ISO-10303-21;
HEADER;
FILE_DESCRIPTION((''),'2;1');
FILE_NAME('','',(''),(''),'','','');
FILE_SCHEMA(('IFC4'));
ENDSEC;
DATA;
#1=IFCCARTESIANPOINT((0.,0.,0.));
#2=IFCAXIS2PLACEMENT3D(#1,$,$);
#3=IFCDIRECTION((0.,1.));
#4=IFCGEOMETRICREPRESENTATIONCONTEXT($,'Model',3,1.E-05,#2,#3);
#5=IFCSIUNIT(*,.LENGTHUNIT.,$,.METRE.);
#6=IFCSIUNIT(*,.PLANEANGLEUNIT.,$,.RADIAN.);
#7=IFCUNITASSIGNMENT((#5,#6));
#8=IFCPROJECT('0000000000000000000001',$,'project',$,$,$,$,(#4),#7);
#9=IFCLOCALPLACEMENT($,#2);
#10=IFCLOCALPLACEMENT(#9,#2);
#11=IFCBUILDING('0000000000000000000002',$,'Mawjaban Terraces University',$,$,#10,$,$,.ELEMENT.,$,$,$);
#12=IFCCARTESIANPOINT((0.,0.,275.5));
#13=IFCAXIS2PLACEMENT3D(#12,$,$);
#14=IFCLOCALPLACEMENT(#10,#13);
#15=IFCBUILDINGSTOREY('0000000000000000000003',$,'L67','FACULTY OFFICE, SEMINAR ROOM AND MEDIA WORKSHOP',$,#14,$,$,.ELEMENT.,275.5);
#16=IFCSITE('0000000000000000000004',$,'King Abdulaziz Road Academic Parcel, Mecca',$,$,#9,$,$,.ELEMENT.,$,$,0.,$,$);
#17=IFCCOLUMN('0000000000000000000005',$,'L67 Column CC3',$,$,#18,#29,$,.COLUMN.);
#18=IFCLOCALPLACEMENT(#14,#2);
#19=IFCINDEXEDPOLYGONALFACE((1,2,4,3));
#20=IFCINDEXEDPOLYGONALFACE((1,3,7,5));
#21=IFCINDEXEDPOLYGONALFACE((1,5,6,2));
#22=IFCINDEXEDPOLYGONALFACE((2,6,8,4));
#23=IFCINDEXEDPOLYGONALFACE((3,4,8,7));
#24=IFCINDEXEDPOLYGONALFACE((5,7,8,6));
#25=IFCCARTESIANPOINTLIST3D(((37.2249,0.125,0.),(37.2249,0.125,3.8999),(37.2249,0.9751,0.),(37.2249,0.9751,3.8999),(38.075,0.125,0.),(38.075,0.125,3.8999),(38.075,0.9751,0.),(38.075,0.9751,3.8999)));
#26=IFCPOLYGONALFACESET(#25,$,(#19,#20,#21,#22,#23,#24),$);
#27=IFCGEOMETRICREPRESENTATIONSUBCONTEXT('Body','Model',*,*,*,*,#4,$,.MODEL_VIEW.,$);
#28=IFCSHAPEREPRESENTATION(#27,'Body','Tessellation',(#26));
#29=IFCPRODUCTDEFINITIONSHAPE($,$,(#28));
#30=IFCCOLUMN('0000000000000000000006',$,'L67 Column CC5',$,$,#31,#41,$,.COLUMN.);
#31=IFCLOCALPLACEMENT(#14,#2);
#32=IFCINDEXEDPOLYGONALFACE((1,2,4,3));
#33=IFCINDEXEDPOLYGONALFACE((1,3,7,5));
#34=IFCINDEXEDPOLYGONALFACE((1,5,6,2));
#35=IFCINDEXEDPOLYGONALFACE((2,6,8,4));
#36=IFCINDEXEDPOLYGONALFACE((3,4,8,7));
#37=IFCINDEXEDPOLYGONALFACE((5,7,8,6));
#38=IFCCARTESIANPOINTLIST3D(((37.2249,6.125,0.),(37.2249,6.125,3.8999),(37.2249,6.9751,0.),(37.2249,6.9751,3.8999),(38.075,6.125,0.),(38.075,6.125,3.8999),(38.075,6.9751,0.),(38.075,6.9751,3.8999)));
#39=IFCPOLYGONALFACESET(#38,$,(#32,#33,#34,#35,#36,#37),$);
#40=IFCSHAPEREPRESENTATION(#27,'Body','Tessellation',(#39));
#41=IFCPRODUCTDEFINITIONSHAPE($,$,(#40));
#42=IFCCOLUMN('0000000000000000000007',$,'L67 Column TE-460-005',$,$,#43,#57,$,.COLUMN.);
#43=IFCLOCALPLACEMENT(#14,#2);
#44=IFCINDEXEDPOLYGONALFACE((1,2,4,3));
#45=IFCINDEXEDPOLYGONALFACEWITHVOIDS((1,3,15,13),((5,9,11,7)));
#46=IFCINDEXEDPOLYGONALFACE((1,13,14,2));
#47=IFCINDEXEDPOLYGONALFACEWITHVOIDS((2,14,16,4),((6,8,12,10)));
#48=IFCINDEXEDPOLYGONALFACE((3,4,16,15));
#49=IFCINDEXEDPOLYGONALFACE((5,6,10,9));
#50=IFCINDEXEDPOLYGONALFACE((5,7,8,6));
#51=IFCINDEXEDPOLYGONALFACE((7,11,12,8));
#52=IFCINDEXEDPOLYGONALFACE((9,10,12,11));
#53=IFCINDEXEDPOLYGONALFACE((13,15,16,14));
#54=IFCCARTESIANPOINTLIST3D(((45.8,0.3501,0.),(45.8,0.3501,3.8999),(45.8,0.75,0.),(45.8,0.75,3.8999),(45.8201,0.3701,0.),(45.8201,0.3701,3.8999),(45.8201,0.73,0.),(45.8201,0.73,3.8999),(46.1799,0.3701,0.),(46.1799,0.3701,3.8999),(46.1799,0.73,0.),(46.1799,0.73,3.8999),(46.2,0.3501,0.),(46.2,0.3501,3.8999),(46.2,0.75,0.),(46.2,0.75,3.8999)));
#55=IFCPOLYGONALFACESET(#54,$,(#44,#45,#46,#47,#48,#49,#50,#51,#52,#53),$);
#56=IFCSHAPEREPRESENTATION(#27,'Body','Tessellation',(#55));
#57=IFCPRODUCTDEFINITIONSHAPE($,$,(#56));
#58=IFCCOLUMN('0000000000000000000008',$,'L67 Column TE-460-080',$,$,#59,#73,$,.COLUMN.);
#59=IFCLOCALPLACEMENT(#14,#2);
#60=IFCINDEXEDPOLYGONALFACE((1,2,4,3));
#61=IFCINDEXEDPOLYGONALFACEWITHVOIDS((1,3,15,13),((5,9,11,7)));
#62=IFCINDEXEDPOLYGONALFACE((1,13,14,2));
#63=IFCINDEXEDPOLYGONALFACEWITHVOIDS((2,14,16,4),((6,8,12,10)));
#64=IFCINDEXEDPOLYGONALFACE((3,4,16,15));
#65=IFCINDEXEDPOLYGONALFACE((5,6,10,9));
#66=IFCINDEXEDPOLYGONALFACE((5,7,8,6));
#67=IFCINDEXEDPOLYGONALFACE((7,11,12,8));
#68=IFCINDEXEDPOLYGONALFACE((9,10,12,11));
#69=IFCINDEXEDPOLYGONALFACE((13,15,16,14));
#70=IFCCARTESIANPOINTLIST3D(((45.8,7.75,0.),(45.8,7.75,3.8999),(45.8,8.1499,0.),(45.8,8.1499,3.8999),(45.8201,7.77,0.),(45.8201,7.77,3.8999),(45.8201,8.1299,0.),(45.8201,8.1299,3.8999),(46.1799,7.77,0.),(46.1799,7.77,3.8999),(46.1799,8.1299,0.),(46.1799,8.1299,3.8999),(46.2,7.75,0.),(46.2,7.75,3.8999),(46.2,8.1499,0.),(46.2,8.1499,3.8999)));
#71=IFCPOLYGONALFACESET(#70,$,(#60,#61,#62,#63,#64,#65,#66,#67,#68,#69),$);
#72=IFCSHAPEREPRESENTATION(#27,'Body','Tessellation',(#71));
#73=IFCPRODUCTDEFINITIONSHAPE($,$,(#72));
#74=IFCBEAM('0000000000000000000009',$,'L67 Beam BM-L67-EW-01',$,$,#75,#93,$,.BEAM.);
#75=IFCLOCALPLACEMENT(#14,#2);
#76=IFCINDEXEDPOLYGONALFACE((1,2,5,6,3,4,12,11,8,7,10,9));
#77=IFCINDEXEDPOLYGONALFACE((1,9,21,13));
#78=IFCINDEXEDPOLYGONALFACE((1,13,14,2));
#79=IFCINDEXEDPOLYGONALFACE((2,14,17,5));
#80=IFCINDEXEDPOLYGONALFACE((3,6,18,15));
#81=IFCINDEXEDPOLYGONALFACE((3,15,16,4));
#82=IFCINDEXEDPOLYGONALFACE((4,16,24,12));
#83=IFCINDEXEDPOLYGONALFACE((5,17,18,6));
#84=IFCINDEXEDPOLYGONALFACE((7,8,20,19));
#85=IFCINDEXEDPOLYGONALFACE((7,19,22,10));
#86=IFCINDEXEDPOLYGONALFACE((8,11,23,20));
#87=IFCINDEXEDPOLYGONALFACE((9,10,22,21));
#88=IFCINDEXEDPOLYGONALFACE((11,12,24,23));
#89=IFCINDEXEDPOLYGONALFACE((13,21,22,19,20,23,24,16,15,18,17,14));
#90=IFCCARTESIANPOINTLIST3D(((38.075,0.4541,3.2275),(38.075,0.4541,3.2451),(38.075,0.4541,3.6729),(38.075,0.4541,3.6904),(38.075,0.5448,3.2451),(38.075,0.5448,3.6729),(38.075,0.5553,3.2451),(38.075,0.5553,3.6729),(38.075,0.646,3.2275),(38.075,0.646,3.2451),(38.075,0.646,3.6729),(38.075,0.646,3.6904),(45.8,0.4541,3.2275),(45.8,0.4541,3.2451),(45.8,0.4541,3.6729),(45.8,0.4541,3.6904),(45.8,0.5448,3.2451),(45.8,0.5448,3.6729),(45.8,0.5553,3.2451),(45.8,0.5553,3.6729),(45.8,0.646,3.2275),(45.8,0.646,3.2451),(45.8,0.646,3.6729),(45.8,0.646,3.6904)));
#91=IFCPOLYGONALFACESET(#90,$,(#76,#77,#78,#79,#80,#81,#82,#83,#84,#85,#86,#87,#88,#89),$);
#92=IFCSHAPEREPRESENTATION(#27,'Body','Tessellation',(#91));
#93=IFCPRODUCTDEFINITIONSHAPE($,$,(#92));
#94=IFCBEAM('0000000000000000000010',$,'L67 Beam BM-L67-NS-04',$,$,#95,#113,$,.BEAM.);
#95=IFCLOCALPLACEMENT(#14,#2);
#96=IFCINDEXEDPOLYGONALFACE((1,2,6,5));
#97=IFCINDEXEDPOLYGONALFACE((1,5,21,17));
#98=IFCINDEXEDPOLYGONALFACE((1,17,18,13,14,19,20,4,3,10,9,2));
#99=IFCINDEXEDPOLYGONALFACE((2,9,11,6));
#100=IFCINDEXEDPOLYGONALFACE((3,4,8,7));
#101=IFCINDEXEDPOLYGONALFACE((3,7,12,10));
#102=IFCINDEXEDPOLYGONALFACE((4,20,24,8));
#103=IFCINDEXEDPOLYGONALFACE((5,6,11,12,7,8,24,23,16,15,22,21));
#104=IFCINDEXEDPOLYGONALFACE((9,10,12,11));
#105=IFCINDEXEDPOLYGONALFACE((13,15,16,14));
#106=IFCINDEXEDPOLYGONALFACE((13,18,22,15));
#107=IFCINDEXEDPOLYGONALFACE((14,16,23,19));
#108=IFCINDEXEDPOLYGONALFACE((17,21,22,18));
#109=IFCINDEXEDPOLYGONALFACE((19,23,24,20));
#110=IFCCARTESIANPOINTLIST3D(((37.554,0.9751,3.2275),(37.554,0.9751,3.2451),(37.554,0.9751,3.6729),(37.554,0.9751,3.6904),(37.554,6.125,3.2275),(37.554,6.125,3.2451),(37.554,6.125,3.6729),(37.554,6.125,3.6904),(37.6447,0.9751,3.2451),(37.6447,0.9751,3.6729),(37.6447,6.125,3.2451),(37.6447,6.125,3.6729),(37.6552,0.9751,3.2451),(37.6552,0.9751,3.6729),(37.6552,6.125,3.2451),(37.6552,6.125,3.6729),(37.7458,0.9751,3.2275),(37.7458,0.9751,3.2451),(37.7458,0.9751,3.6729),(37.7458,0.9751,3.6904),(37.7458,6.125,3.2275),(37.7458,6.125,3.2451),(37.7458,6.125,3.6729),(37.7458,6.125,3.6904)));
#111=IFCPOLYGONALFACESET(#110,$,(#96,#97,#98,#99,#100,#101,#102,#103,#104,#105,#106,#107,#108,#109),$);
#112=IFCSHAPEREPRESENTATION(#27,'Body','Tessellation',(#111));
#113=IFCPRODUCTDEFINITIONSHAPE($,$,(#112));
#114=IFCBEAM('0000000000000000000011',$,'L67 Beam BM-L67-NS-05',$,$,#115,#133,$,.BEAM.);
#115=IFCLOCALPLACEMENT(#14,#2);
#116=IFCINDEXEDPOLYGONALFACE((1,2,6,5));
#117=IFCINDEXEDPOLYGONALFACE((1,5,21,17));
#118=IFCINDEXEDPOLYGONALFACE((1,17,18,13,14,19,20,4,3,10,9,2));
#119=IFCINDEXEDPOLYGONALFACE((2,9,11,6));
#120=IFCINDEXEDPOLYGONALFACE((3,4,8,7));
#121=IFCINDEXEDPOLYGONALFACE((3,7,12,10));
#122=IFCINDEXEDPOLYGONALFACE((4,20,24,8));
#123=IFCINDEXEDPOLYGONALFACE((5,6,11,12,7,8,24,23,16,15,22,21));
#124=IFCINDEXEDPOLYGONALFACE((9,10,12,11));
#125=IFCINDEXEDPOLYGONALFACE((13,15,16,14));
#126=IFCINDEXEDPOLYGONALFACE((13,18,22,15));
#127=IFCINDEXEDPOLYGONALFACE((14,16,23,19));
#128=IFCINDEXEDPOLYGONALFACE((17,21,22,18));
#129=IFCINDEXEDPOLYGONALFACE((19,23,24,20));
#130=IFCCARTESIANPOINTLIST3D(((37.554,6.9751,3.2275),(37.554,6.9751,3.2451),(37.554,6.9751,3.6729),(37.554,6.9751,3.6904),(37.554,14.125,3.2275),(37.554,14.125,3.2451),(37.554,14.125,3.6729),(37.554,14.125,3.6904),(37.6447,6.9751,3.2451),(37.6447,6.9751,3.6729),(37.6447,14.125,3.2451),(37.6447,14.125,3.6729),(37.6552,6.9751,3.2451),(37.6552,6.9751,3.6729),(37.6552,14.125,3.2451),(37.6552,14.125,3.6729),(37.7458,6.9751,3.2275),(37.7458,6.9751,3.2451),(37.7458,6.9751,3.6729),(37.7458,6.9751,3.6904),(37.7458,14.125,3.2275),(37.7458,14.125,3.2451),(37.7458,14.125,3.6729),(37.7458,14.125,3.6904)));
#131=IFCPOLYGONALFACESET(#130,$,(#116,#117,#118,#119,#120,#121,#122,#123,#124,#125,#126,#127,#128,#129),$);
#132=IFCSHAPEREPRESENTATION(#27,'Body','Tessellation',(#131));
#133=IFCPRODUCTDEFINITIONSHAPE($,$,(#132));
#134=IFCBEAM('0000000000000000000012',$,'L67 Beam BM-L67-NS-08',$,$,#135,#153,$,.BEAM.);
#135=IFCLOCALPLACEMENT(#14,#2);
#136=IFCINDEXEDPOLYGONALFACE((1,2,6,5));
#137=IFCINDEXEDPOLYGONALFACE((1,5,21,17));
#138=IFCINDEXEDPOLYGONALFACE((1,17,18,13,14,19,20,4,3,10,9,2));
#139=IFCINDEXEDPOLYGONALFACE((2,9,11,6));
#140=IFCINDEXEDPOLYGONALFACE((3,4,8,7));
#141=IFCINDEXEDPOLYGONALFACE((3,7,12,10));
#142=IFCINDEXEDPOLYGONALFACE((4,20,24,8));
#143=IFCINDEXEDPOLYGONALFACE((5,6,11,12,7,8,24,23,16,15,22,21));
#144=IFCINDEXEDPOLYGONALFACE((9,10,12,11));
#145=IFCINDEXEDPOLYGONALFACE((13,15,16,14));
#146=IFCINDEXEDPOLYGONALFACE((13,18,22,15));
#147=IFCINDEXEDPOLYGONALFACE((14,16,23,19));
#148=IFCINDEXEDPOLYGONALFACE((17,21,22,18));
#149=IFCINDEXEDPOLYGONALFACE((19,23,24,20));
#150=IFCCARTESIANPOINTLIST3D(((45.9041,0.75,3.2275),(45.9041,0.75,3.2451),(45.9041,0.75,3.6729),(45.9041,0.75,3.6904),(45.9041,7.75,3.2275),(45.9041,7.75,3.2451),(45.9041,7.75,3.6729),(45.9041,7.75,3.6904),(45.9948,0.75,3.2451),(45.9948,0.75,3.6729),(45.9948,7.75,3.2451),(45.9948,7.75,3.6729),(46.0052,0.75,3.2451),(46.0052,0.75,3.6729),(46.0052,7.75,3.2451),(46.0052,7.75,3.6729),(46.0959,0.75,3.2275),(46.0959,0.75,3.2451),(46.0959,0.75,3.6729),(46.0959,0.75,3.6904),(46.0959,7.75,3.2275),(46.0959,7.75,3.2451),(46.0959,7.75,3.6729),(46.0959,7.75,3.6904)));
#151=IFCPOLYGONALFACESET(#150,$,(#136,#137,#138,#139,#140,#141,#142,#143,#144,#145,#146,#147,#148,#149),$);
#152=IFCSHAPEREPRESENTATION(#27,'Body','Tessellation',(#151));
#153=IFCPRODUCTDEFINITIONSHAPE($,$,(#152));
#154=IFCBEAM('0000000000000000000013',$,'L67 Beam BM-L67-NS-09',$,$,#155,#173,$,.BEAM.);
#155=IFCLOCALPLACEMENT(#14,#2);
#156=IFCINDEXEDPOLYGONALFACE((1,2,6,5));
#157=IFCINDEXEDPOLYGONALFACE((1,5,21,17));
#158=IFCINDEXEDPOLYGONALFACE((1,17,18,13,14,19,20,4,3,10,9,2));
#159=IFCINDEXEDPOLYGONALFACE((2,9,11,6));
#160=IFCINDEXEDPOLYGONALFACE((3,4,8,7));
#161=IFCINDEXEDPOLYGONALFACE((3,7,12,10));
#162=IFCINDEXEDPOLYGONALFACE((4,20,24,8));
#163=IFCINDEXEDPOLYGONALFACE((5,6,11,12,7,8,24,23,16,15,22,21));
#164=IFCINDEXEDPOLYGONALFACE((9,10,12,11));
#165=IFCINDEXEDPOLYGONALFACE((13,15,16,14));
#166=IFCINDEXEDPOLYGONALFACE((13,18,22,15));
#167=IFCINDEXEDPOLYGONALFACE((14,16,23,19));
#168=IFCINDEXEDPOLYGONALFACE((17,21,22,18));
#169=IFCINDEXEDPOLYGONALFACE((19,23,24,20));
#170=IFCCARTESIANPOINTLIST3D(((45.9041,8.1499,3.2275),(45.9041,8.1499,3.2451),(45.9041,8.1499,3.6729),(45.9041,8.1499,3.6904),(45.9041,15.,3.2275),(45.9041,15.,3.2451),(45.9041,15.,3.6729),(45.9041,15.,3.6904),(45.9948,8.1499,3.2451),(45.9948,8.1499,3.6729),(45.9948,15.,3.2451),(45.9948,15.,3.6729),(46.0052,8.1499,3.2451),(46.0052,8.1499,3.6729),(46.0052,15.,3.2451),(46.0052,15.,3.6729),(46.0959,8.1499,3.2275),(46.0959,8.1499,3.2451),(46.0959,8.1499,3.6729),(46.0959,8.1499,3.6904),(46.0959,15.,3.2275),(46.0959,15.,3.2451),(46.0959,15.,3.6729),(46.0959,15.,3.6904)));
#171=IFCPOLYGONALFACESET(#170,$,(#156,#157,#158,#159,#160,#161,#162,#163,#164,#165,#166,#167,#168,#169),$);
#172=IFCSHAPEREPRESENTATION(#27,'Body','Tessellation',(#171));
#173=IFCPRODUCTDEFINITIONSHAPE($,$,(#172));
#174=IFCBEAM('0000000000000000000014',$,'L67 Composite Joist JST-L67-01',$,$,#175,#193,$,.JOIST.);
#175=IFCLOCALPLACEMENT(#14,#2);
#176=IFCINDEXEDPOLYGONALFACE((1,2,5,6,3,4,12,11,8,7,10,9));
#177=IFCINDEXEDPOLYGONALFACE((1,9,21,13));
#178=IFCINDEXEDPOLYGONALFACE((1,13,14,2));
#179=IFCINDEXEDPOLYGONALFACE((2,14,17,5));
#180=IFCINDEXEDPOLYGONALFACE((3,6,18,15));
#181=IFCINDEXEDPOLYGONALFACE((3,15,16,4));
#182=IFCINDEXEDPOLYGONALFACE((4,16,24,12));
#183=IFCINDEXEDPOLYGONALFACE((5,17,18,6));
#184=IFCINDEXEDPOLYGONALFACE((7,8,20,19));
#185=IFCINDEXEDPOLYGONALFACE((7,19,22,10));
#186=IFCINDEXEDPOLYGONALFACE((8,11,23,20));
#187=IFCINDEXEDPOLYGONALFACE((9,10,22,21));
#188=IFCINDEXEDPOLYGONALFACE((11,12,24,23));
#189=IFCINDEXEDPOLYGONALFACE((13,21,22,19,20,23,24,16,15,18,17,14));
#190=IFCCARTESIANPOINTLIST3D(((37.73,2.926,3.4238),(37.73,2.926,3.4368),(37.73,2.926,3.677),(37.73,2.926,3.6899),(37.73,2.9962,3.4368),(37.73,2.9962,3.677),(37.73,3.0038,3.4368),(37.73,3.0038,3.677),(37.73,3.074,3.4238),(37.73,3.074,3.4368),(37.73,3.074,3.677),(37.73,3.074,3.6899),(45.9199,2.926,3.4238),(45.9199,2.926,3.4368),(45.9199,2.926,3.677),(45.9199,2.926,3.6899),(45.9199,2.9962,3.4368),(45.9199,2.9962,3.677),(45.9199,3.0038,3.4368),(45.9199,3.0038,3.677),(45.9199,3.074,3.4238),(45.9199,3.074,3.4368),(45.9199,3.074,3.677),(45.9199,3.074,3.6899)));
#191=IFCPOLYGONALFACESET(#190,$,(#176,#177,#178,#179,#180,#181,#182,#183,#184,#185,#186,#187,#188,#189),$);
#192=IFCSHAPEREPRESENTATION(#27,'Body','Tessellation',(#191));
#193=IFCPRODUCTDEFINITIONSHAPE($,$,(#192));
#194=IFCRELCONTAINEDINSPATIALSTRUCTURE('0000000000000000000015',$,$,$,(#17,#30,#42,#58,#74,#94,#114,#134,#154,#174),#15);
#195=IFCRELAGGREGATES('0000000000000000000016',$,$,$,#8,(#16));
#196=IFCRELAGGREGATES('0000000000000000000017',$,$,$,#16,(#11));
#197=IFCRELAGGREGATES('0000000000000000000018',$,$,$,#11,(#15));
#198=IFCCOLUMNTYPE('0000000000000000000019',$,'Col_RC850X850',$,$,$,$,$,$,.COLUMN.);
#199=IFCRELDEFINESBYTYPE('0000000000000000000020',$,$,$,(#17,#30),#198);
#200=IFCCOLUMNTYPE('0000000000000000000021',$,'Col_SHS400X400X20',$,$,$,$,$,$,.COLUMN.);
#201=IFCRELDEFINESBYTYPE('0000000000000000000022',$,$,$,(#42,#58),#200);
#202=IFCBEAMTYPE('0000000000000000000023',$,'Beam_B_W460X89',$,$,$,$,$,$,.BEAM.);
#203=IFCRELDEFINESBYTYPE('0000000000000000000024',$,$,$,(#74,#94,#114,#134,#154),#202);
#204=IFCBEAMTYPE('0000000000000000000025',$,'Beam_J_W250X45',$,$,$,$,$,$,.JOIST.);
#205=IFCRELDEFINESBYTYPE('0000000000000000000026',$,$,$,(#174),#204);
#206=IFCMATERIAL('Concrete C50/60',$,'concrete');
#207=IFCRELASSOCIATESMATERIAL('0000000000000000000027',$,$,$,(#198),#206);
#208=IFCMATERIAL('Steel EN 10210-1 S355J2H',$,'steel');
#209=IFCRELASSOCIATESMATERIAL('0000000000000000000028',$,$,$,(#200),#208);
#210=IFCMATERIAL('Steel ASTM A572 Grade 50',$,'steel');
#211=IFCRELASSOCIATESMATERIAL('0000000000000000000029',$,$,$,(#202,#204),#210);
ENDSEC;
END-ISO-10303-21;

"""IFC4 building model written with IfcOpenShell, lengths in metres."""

from ifc_helpers import new_model, si_unit, direction, frame, origin, origin_2d, place, context, subcontext, project, spatial, rectangle, hollow_rectangle, i_section, extrude, material, material_profile, profile_set, type_object, element, save


model = new_model("IFC4")

# Units and contexts
model_context = context("Model", 3, precision=1e-05, world=origin(), true_north=direction((0.0, 1.0)))
body_context = subcontext(model_context, "Body", "Model", "MODEL_VIEW")
ifc_project = project(units=[si_unit("LENGTHUNIT", "METRE"), si_unit("PLANEANGLEUNIT", "RADIAN")], contexts=[model_context])

# Site, building, storey
site_placement = place(None, origin())
site = spatial("IfcSite", under=ifc_project, at=site_placement, Name="King Abdulaziz Road Academic Parcel, Mecca", CompositionType="ELEMENT", RefElevation=0.0)
building_placement = place(site_placement, origin())
building = spatial("IfcBuilding", under=site, at=building_placement, Name="Mawjaban Terraces University", CompositionType="ELEMENT")
storey_placement = place(building_placement, frame((0.0, 0.0, 275.5)))
storey = spatial("IfcBuildingStorey", under=building, at=storey_placement, Name="L67", Description="FACULTY OFFICE, SEMINAR ROOM AND MEDIA WORKSHOP", CompositionType="ELEMENT", Elevation=275.5)

# Columns
ifc_material_1 = material(Name="Concrete C50/60", Category="concrete")
ifc_material_profile_1 = material_profile(ifc_material_1, rectangle(XDim=0.8501, YDim=0.8501, at=origin_2d()), Name="RC850X850")
ifc_profile_set_1 = profile_set([ifc_material_profile_1], Name="Concrete C50/60")
column_type_1 = type_object("IfcColumnType", Name="Col_RC850X850", PredefinedType="COLUMN", material=ifc_profile_set_1)
for number, where, z_axis, x_axis, name in (
    (1, (37.6499, 0.55, 0.0), (0.0, 0.0, 1.0), (1.0, 0.0, 0.0), "L67 Column CC3"),
    (2, (37.6499, 6.55, 0.0), (0.0, 0.0, 1.0), (1.0, 0.0, 0.0), "L67 Column CC5"),
):
    element("IfcColumn", number, at=place(storey_placement, frame(where, z_axis=z_axis, x_axis=x_axis)), inside=storey, type_object=column_type_1, Name=name, PredefinedType="COLUMN", context=body_context, shape_type="SweptSolid", body=[
        extrude(rectangle(XDim=0.8501, YDim=0.8501, at=origin_2d()), origin(), (0.0, 0.0, 1.0), 3.8999),
    ])
ifc_material_2 = material(Name="Steel EN 10210-1 S355J2H", Category="steel")
ifc_material_profile_2 = material_profile(ifc_material_2, hollow_rectangle(XDim=0.3999, YDim=0.3999, WallThickness=0.02, at=origin_2d()), Name="SHS400X400X20")
ifc_profile_set_2 = profile_set([ifc_material_profile_2], Name="Steel EN 10210-1 S355J2H")
column_type_2 = type_object("IfcColumnType", Name="Col_SHS400X400X20", PredefinedType="COLUMN", material=ifc_profile_set_2)
for number, where, z_axis, x_axis, name in (
    (3, (46.0, 0.55, 0.0), (0.0, 0.0, 1.0), (1.0, 0.0, 0.0), "L67 Column TE-460-005"),
    (4, (46.0, 7.95, 0.0), (0.0, 0.0, 1.0), (1.0, 0.0, 0.0), "L67 Column TE-460-080"),
):
    element("IfcColumn", number, at=place(storey_placement, frame(where, z_axis=z_axis, x_axis=x_axis)), inside=storey, type_object=column_type_2, Name=name, PredefinedType="COLUMN", context=body_context, shape_type="SweptSolid", body=[
        extrude(hollow_rectangle(XDim=0.3999, YDim=0.3999, WallThickness=0.02, at=origin_2d()), origin(), (0.0, 0.0, 1.0), 3.8999),
    ])

# Beams
ifc_material_3 = material(Name="Steel ASTM A572 Grade 50", Category="steel")
ifc_material_profile_3 = material_profile(ifc_material_3, i_section(OverallWidth=0.1919, OverallDepth=0.4629, WebThickness=0.0105, FlangeThickness=0.0176, at=origin_2d()), Name="W460X89")
ifc_profile_set_3 = profile_set([ifc_material_profile_3], Name="Steel ASTM A572 Grade 50")
beam_type_1 = type_object("IfcBeamType", Name="Beam_B_W460X89", PredefinedType="BEAM", material=ifc_profile_set_3)
beam_1_placement = place(storey_placement, frame((38.075, 0.55, 3.459), z_axis=(1.0, 0.0, 0.0), x_axis=(0.0, 1.0, 0.0)))
element("IfcBeam", 5, at=beam_1_placement, inside=storey, type_object=beam_type_1, Name="L67 Beam BM-L67-EW-01", PredefinedType="BEAM", context=body_context, shape_type="SweptSolid", body=[
    extrude(i_section(OverallWidth=0.1919, OverallDepth=0.4629, WebThickness=0.0105, FlangeThickness=0.0176, at=origin_2d()), origin(), (0.0, 0.0, 1.0), 7.7251),
])
beam_2_placement = place(storey_placement, frame((37.6499, 0.9751, 3.459), z_axis=(0.0, 1.0, 0.0), x_axis=(-1.0, 0.0, 0.0)))
element("IfcBeam", 6, at=beam_2_placement, inside=storey, type_object=beam_type_1, Name="L67 Beam BM-L67-NS-04", PredefinedType="BEAM", context=body_context, shape_type="SweptSolid", body=[
    extrude(i_section(OverallWidth=0.1919, OverallDepth=0.4629, WebThickness=0.0105, FlangeThickness=0.0176, at=origin_2d()), origin(), (0.0, 0.0, 1.0), 5.1499),
])
beam_3_placement = place(storey_placement, frame((37.6499, 6.9751, 3.459), z_axis=(0.0, 1.0, 0.0), x_axis=(-1.0, 0.0, 0.0)))
element("IfcBeam", 7, at=beam_3_placement, inside=storey, type_object=beam_type_1, Name="L67 Beam BM-L67-NS-05", PredefinedType="BEAM", context=body_context, shape_type="SweptSolid", body=[
    extrude(i_section(OverallWidth=0.1919, OverallDepth=0.4629, WebThickness=0.0105, FlangeThickness=0.0176, at=origin_2d()), origin(), (0.0, 0.0, 1.0), 7.1499),
])
beam_4_placement = place(storey_placement, frame((46.0, 0.75, 3.459), z_axis=(0.0, 1.0, 0.0), x_axis=(-1.0, 0.0, 0.0)))
element("IfcBeam", 8, at=beam_4_placement, inside=storey, type_object=beam_type_1, Name="L67 Beam BM-L67-NS-08", PredefinedType="BEAM", context=body_context, shape_type="SweptSolid", body=[
    extrude(i_section(OverallWidth=0.1919, OverallDepth=0.4629, WebThickness=0.0105, FlangeThickness=0.0176, at=origin_2d()), origin(), (0.0, 0.0, 1.0), 7.0),
])
beam_5_placement = place(storey_placement, frame((46.0, 8.1499, 3.459), z_axis=(0.0, 1.0, 0.0), x_axis=(-1.0, 0.0, 0.0)))
element("IfcBeam", 9, at=beam_5_placement, inside=storey, type_object=beam_type_1, Name="L67 Beam BM-L67-NS-09", PredefinedType="BEAM", context=body_context, shape_type="SweptSolid", body=[
    extrude(i_section(OverallWidth=0.1919, OverallDepth=0.4629, WebThickness=0.0105, FlangeThickness=0.0176, at=origin_2d()), origin(), (0.0, 0.0, 1.0), 6.8501),
])
ifc_material_profile_4 = material_profile(ifc_material_3, i_section(OverallWidth=0.1479, OverallDepth=0.2661, WebThickness=0.0076, FlangeThickness=0.0129, at=origin_2d()), Name="W250X45")
ifc_profile_set_4 = profile_set([ifc_material_profile_4], Name="Steel ASTM A572 Grade 50")
beam_type_2 = type_object("IfcBeamType", Name="Beam_J_W250X45", PredefinedType="JOIST", material=ifc_profile_set_4)
for number, where, z_axis, x_axis, name in (
    (10, (37.73, 3.0, 3.5569), (1.0, 0.0, 0.0), (0.0, 1.0, 0.0), "L67 Composite Joist JST-L67-01"),
):
    element("IfcBeam", number, at=place(storey_placement, frame(where, z_axis=z_axis, x_axis=x_axis)), inside=storey, type_object=beam_type_2, Name=name, PredefinedType="JOIST", context=body_context, shape_type="SweptSolid", body=[
        extrude(i_section(OverallWidth=0.1479, OverallDepth=0.2661, WebThickness=0.0076, FlangeThickness=0.0129, at=origin_2d()), origin(), (0.0, 0.0, 1.0), 8.1899),
    ])

save(model, "model.ifc")
